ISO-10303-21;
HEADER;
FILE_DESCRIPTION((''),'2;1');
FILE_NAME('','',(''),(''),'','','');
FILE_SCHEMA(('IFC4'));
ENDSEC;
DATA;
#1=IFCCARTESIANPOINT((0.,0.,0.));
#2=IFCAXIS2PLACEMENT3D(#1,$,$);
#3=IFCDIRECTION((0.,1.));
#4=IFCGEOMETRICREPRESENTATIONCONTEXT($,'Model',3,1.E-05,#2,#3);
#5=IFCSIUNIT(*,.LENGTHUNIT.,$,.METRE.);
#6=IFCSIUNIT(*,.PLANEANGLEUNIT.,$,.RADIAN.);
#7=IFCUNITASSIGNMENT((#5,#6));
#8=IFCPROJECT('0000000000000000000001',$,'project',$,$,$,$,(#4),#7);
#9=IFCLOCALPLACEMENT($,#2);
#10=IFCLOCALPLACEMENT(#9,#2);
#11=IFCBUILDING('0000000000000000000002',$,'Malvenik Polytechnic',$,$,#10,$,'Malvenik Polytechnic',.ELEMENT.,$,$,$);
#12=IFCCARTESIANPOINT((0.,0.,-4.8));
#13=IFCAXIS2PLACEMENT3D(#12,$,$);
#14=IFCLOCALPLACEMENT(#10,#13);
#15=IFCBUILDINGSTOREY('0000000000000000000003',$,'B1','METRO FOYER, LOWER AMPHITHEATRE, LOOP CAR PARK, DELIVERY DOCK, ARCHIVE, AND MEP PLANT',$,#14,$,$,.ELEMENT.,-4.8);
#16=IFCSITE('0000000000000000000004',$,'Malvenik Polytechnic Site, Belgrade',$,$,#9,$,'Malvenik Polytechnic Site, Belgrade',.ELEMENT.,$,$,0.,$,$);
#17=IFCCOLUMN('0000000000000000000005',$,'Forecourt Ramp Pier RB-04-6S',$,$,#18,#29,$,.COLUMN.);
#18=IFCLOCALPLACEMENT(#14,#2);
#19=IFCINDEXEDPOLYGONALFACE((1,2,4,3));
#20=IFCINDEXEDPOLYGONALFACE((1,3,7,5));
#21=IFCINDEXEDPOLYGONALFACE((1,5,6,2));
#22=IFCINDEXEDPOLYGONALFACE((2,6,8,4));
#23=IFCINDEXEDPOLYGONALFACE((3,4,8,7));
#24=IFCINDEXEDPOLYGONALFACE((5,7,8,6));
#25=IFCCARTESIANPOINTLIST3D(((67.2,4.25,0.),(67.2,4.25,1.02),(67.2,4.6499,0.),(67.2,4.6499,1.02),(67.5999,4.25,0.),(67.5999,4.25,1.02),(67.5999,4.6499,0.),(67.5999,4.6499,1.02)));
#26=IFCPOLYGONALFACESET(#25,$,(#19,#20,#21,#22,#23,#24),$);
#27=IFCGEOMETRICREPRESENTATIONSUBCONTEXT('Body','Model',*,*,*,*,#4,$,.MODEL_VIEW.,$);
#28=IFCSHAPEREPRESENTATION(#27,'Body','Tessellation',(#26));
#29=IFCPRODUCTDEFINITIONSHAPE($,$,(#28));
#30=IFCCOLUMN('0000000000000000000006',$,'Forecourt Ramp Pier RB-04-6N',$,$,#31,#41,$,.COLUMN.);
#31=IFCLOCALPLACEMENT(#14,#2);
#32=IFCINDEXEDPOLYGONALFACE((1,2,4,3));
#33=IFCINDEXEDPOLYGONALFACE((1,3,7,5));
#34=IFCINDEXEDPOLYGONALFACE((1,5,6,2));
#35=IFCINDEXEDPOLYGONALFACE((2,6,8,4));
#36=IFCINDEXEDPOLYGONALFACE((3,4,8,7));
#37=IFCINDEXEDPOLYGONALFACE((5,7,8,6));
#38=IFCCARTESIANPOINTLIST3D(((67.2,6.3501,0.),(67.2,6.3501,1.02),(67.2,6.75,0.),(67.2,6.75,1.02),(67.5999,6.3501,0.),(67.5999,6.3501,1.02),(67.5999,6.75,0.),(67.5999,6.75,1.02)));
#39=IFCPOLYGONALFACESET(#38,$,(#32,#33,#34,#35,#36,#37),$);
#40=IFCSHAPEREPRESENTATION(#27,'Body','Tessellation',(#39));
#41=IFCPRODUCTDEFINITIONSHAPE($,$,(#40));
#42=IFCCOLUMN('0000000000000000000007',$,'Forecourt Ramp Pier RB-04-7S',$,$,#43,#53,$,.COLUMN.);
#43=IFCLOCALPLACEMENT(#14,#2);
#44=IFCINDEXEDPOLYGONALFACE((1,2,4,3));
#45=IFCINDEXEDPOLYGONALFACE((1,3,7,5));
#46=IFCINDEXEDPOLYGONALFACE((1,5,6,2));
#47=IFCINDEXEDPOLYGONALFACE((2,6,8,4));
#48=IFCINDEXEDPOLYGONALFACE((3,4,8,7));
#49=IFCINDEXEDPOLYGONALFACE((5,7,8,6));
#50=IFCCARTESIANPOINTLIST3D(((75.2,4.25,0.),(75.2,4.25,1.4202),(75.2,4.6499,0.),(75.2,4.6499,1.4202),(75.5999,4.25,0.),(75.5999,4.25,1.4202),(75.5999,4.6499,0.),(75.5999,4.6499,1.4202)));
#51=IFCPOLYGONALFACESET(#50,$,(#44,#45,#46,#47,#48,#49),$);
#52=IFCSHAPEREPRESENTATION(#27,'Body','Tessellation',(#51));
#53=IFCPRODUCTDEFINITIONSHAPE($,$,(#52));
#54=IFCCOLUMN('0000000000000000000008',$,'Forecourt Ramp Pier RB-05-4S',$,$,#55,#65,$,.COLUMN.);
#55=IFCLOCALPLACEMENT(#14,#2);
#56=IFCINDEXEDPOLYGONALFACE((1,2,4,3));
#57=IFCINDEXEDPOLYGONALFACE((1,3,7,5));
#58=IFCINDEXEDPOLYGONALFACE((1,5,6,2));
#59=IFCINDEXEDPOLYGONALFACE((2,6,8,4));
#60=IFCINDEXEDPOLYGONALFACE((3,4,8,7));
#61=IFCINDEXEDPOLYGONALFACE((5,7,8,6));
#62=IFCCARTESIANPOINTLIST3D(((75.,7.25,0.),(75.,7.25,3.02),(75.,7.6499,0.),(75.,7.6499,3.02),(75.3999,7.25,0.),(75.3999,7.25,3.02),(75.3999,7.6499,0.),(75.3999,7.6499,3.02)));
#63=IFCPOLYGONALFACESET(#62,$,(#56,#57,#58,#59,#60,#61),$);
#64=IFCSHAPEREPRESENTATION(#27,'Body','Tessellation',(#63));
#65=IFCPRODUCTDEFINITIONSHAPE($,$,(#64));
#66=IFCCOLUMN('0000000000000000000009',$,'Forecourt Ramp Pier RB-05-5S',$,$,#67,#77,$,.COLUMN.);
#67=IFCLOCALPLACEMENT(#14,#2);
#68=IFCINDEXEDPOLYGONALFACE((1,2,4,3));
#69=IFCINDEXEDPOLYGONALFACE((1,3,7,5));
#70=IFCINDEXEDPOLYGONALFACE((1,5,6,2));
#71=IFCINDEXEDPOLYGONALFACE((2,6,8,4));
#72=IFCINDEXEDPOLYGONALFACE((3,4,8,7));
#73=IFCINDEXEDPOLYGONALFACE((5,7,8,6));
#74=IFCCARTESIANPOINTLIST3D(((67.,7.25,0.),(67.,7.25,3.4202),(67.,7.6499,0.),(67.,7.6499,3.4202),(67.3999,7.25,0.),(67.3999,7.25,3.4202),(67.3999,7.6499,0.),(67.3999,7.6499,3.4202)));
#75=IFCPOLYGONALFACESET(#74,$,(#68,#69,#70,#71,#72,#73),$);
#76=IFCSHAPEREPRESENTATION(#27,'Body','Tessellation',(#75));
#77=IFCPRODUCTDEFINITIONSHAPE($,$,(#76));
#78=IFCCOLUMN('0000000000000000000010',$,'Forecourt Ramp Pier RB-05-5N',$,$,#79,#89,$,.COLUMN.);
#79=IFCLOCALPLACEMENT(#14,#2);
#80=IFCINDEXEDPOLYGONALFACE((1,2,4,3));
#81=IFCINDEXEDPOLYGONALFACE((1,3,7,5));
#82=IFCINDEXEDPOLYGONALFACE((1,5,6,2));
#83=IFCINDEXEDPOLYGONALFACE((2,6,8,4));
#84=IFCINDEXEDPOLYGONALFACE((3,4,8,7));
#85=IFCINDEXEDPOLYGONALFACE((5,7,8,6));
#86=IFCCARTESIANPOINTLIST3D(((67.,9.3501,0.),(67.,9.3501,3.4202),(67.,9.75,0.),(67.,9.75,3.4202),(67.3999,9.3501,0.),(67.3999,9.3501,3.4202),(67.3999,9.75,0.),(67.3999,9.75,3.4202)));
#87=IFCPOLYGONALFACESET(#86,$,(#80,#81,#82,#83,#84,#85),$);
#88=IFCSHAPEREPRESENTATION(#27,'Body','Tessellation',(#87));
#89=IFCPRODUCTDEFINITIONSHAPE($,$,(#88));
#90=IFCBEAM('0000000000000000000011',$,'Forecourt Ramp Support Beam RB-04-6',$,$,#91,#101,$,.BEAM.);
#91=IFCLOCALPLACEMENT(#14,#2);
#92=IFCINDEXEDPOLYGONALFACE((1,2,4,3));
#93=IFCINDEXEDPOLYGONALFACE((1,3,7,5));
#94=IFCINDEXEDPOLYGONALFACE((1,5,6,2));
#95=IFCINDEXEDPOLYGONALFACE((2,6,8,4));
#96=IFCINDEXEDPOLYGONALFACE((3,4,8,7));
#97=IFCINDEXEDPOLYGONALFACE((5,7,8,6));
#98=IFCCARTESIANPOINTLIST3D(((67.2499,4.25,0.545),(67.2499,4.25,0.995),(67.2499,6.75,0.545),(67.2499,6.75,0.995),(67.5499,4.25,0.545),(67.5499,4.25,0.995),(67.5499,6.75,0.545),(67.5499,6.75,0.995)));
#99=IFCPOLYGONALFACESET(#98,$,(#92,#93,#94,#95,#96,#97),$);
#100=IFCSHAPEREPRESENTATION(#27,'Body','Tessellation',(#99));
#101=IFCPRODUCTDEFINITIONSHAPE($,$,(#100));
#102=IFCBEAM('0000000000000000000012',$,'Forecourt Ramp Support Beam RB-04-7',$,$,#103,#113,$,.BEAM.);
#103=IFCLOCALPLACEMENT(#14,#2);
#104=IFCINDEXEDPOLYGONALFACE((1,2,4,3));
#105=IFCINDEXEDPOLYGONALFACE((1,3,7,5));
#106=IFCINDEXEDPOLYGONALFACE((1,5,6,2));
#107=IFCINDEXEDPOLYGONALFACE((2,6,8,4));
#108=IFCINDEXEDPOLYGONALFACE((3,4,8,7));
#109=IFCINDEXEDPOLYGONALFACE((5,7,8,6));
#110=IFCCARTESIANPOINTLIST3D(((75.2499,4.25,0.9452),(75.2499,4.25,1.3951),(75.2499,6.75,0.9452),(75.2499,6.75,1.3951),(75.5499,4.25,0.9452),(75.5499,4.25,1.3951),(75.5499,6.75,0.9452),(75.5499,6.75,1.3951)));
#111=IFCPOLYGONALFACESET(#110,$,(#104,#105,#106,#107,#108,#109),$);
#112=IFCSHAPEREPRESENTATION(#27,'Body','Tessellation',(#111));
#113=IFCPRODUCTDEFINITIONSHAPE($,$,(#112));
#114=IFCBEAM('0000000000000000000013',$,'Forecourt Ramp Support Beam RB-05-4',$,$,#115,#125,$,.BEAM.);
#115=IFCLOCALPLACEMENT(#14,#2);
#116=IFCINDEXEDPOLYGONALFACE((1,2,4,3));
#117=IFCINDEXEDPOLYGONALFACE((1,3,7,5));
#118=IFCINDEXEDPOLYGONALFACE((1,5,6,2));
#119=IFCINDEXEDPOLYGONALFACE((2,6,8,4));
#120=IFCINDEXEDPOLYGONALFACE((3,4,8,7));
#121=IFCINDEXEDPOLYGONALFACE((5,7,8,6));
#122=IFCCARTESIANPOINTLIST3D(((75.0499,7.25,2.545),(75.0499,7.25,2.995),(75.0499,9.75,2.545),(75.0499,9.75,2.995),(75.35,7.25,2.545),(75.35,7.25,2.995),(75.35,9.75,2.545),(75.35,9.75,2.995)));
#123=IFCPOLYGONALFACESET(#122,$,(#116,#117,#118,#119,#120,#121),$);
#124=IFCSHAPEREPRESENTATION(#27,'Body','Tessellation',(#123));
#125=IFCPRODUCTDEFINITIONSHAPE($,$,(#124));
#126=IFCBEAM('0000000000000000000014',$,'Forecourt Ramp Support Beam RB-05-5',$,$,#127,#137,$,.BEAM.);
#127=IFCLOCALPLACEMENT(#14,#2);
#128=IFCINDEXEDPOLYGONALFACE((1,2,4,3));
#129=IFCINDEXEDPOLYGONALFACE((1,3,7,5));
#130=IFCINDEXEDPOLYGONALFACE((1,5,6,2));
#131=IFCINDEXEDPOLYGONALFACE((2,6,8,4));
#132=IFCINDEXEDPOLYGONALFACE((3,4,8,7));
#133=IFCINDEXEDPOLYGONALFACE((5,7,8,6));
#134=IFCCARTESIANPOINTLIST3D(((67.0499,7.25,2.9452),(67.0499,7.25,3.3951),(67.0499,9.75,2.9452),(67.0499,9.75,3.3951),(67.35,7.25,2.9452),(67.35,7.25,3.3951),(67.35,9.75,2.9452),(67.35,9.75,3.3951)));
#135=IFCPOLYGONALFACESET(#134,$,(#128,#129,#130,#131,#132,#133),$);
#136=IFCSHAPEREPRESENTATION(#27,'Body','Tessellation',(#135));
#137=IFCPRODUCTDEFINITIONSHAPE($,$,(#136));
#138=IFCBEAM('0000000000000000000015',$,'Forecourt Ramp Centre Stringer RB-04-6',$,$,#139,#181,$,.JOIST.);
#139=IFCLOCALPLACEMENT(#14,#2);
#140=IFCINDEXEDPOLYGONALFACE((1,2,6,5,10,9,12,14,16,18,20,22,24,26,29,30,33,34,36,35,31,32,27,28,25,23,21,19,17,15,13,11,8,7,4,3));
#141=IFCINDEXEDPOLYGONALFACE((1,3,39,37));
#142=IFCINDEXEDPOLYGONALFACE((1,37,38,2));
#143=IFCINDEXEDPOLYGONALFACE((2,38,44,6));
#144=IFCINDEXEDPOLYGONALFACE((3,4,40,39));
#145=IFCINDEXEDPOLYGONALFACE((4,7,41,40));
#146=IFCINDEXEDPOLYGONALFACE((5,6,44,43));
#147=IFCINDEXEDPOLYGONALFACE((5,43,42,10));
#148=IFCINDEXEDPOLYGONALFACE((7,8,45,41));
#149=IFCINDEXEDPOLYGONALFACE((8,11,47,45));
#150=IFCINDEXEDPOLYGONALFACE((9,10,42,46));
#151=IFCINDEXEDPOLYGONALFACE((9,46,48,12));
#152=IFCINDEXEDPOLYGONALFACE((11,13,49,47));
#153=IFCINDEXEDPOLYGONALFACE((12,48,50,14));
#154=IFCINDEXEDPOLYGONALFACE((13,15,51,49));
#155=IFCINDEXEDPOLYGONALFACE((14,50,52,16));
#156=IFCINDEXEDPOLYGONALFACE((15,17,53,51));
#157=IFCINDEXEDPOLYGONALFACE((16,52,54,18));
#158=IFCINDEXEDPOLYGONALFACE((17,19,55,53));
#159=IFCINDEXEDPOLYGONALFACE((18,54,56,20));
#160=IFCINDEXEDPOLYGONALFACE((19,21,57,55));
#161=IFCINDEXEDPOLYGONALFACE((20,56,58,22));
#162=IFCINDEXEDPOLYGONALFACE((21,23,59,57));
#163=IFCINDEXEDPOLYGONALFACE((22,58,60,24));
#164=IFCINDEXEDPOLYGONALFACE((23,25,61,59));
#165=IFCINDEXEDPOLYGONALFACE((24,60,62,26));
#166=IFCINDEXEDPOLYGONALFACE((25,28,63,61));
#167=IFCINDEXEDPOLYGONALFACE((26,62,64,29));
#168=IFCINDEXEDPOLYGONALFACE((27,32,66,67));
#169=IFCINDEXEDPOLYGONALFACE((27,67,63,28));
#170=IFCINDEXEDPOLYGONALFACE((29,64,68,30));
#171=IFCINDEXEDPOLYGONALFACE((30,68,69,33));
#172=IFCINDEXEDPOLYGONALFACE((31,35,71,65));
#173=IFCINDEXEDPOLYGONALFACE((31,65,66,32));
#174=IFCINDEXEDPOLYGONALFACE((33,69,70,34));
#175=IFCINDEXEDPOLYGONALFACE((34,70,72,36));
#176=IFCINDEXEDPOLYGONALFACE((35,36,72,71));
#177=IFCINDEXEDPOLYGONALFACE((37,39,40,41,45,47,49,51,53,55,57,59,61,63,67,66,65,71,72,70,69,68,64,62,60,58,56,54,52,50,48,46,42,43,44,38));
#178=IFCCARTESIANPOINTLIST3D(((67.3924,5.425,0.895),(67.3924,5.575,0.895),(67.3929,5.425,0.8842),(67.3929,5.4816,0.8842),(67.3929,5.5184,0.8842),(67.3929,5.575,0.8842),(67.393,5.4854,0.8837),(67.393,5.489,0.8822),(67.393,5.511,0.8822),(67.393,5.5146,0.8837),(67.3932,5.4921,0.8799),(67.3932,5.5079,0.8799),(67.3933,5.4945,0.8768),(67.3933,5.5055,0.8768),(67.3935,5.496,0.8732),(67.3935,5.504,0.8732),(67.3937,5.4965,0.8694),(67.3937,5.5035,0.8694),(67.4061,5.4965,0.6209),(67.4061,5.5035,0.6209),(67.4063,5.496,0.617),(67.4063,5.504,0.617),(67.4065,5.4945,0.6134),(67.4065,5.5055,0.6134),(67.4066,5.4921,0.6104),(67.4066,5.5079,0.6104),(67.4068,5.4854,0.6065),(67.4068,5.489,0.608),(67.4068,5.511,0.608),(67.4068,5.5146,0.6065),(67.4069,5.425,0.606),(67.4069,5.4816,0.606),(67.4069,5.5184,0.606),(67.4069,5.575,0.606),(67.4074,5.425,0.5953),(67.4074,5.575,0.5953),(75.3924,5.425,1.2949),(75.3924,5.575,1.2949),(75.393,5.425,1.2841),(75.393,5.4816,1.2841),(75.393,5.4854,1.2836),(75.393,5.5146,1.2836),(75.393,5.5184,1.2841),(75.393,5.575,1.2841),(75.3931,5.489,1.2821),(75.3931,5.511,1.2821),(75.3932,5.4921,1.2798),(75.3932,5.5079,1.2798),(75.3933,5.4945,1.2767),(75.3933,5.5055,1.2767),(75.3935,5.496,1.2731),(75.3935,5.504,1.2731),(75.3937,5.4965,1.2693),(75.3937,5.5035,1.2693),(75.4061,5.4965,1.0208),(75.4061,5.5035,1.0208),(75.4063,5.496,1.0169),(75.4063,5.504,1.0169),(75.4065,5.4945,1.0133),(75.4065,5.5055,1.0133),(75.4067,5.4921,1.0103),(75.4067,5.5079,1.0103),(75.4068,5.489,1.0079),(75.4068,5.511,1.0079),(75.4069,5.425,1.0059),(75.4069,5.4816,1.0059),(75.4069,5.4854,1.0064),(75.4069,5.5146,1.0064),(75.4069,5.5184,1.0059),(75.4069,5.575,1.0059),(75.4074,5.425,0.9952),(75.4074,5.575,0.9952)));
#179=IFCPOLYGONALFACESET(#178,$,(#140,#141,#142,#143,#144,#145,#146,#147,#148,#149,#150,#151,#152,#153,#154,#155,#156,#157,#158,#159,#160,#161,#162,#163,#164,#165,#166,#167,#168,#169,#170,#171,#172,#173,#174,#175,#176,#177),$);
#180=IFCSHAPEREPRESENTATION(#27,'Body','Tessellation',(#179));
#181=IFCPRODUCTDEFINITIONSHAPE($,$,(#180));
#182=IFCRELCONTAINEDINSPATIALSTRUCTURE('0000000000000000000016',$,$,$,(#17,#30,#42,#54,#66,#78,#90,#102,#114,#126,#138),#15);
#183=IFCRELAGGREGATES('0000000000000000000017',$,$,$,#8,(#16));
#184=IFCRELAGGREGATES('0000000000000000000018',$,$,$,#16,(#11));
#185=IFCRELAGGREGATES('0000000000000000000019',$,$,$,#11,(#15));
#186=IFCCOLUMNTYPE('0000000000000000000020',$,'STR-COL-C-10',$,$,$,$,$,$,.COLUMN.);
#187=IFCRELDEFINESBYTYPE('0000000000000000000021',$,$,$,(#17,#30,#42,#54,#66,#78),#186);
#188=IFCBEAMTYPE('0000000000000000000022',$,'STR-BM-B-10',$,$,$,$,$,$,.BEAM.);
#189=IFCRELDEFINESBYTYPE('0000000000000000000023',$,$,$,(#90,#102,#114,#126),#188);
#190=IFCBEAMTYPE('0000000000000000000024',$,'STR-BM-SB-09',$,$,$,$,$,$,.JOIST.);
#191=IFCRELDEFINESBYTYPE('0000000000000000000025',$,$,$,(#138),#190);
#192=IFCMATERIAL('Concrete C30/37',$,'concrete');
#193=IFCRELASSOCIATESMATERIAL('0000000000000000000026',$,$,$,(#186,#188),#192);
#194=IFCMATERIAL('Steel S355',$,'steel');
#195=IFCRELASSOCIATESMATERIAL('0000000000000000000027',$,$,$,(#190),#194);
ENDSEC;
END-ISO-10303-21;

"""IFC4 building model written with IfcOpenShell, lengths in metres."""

from ifc_helpers import new_model, si_unit, direction, frame, origin, origin_2d, place, context, subcontext, project, spatial, rectangle, i_section, extrude, material, material_profile, profile_set, type_object, element, save


model = new_model("IFC4")

# Units and contexts
model_context = context("Model", 3, precision=1e-05, world=origin(), true_north=direction((0.0, 1.0)))
body_context = subcontext(model_context, "Body", "Model", "MODEL_VIEW")
ifc_project = project(units=[si_unit("LENGTHUNIT", "METRE"), si_unit("PLANEANGLEUNIT", "RADIAN")], contexts=[model_context])

# Site, building, storey
site_placement = place(None, origin())
site = spatial("IfcSite", under=ifc_project, at=site_placement, Name="Malvenik Polytechnic Site, Belgrade", LongName="Malvenik Polytechnic Site, Belgrade", CompositionType="ELEMENT", RefElevation=0.0)
building_placement = place(site_placement, origin())
building = spatial("IfcBuilding", under=site, at=building_placement, Name="Malvenik Polytechnic", LongName="Malvenik Polytechnic", CompositionType="ELEMENT")
storey_placement = place(building_placement, frame((0.0, 0.0, -4.8)))
storey = spatial("IfcBuildingStorey", under=building, at=storey_placement, Name="B1", Description="METRO FOYER, LOWER AMPHITHEATRE, LOOP CAR PARK, DELIVERY DOCK, ARCHIVE, AND MEP PLANT", CompositionType="ELEMENT", Elevation=-4.8)

# Columns
ifc_material_1 = material(Name="Concrete C30/37", Category="concrete")
ifc_material_profile_1 = material_profile(ifc_material_1, rectangle(XDim=0.3999, YDim=0.3999, at=origin_2d()), Name="RC COL 400x400")
ifc_profile_set_1 = profile_set([ifc_material_profile_1], Name="Concrete C30/37")
column_type = type_object("IfcColumnType", Name="STR-COL-C-10", PredefinedType="COLUMN", material=ifc_profile_set_1)
for number, where, z_axis, x_axis, name in (
    (1, (67.3999, 4.45, 0.0), (0.0, 0.0, 1.0), (1.0, 0.0, 0.0), "Forecourt Ramp Pier RB-04-6S"),
    (2, (67.3999, 6.55, 0.0), (0.0, 0.0, 1.0), (1.0, 0.0, 0.0), "Forecourt Ramp Pier RB-04-6N"),
):
    element("IfcColumn", number, at=place(storey_placement, frame(where, z_axis=z_axis, x_axis=x_axis)), inside=storey, type_object=column_type, Name=name, PredefinedType="COLUMN", context=body_context, shape_type="SweptSolid", body=[
        extrude(rectangle(XDim=0.3999, YDim=0.3999, at=origin_2d()), origin(), (0.0, 0.0, 1.0), 1.02),
    ])
column_1_placement = place(storey_placement, frame((75.3999, 4.45, 0.0), z_axis=(0.0, 0.0, 1.0), x_axis=(1.0, 0.0, 0.0)))
element("IfcColumn", 3, at=column_1_placement, inside=storey, type_object=column_type, Name="Forecourt Ramp Pier RB-04-7S", PredefinedType="COLUMN", context=body_context, shape_type="SweptSolid", body=[
    extrude(rectangle(XDim=0.3999, YDim=0.3999, at=origin_2d()), origin(), (0.0, 0.0, 1.0), 1.4202),
])
column_2_placement = place(storey_placement, frame((75.2, 7.45, 0.0), z_axis=(0.0, 0.0, 1.0), x_axis=(1.0, 0.0, 0.0)))
element("IfcColumn", 4, at=column_2_placement, inside=storey, type_object=column_type, Name="Forecourt Ramp Pier RB-05-4S", PredefinedType="COLUMN", context=body_context, shape_type="SweptSolid", body=[
    extrude(rectangle(XDim=0.3999, YDim=0.3999, at=origin_2d()), origin(), (0.0, 0.0, 1.0), 3.02),
])
for number, where, z_axis, x_axis, name in (
    (5, (67.2, 7.45, 0.0), (0.0, 0.0, 1.0), (1.0, 0.0, 0.0), "Forecourt Ramp Pier RB-05-5S"),
    (6, (67.2, 9.55, 0.0), (0.0, 0.0, 1.0), (1.0, 0.0, 0.0), "Forecourt Ramp Pier RB-05-5N"),
):
    element("IfcColumn", number, at=place(storey_placement, frame(where, z_axis=z_axis, x_axis=x_axis)), inside=storey, type_object=column_type, Name=name, PredefinedType="COLUMN", context=body_context, shape_type="SweptSolid", body=[
        extrude(rectangle(XDim=0.3999, YDim=0.3999, at=origin_2d()), origin(), (0.0, 0.0, 1.0), 3.4202),
    ])

# Beams
ifc_material_profile_2 = material_profile(ifc_material_1, rectangle(XDim=0.3, YDim=0.45, at=origin_2d()), Name="RC BM 300x450")
ifc_profile_set_2 = profile_set([ifc_material_profile_2], Name="Concrete C30/37")
beam_type_1 = type_object("IfcBeamType", Name="STR-BM-B-10", PredefinedType="BEAM", material=ifc_profile_set_2)
for number, where, z_axis, x_axis, name in (
    (7, (67.3999, 4.25, 0.77), (0.0, 1.0, 0.0), (-1.0, 0.0, 0.0), "Forecourt Ramp Support Beam RB-04-6"),
    (8, (75.3999, 4.25, 1.1702), (0.0, 1.0, 0.0), (-1.0, 0.0, 0.0), "Forecourt Ramp Support Beam RB-04-7"),
    (9, (75.2, 7.25, 2.77), (0.0, 1.0, 0.0), (-1.0, 0.0, 0.0), "Forecourt Ramp Support Beam RB-05-4"),
    (10, (67.2, 7.25, 3.1702), (0.0, 1.0, 0.0), (-1.0, 0.0, 0.0), "Forecourt Ramp Support Beam RB-05-5"),
):
    element("IfcBeam", number, at=place(storey_placement, frame(where, z_axis=z_axis, x_axis=x_axis)), inside=storey, type_object=beam_type_1, Name=name, PredefinedType="BEAM", context=body_context, shape_type="SweptSolid", body=[
        extrude(rectangle(XDim=0.3, YDim=0.45, at=origin_2d()), origin(), (0.0, 0.0, 1.0), 2.5),
    ])
ifc_material_2 = material(Name="Steel S355", Category="steel")
ifc_material_profile_3 = material_profile(ifc_material_2, i_section(OverallWidth=0.1499, OverallDepth=0.3, WebThickness=0.0071, FlangeThickness=0.0107, FilletRadius=0.0149, at=origin_2d()), Name="IPE 300")
ifc_profile_set_3 = profile_set([ifc_material_profile_3], Name="Steel S355")
beam_type_2 = type_object("IfcBeamType", Name="STR-BM-SB-09", PredefinedType="JOIST", material=ifc_profile_set_3)
for number, where, z_axis, x_axis, name in (
    (11, (67.3999, 5.5, 0.7451), (0.998753, 0.0, 0.049925), (0.0, 1.0, 0.0), "Forecourt Ramp Centre Stringer RB-04-6"),
):
    element("IfcBeam", number, at=place(storey_placement, frame(where, z_axis=z_axis, x_axis=x_axis)), inside=storey, type_object=beam_type_2, Name=name, PredefinedType="JOIST", context=body_context, shape_type="SweptSolid", body=[
        extrude(i_section(OverallWidth=0.1499, OverallDepth=0.3, WebThickness=0.0071, FlangeThickness=0.0107, FilletRadius=0.0149, at=origin_2d()), origin(), (0.0, 0.0, 1.0), 8.01),
    ])

save(model, "model.ifc")
